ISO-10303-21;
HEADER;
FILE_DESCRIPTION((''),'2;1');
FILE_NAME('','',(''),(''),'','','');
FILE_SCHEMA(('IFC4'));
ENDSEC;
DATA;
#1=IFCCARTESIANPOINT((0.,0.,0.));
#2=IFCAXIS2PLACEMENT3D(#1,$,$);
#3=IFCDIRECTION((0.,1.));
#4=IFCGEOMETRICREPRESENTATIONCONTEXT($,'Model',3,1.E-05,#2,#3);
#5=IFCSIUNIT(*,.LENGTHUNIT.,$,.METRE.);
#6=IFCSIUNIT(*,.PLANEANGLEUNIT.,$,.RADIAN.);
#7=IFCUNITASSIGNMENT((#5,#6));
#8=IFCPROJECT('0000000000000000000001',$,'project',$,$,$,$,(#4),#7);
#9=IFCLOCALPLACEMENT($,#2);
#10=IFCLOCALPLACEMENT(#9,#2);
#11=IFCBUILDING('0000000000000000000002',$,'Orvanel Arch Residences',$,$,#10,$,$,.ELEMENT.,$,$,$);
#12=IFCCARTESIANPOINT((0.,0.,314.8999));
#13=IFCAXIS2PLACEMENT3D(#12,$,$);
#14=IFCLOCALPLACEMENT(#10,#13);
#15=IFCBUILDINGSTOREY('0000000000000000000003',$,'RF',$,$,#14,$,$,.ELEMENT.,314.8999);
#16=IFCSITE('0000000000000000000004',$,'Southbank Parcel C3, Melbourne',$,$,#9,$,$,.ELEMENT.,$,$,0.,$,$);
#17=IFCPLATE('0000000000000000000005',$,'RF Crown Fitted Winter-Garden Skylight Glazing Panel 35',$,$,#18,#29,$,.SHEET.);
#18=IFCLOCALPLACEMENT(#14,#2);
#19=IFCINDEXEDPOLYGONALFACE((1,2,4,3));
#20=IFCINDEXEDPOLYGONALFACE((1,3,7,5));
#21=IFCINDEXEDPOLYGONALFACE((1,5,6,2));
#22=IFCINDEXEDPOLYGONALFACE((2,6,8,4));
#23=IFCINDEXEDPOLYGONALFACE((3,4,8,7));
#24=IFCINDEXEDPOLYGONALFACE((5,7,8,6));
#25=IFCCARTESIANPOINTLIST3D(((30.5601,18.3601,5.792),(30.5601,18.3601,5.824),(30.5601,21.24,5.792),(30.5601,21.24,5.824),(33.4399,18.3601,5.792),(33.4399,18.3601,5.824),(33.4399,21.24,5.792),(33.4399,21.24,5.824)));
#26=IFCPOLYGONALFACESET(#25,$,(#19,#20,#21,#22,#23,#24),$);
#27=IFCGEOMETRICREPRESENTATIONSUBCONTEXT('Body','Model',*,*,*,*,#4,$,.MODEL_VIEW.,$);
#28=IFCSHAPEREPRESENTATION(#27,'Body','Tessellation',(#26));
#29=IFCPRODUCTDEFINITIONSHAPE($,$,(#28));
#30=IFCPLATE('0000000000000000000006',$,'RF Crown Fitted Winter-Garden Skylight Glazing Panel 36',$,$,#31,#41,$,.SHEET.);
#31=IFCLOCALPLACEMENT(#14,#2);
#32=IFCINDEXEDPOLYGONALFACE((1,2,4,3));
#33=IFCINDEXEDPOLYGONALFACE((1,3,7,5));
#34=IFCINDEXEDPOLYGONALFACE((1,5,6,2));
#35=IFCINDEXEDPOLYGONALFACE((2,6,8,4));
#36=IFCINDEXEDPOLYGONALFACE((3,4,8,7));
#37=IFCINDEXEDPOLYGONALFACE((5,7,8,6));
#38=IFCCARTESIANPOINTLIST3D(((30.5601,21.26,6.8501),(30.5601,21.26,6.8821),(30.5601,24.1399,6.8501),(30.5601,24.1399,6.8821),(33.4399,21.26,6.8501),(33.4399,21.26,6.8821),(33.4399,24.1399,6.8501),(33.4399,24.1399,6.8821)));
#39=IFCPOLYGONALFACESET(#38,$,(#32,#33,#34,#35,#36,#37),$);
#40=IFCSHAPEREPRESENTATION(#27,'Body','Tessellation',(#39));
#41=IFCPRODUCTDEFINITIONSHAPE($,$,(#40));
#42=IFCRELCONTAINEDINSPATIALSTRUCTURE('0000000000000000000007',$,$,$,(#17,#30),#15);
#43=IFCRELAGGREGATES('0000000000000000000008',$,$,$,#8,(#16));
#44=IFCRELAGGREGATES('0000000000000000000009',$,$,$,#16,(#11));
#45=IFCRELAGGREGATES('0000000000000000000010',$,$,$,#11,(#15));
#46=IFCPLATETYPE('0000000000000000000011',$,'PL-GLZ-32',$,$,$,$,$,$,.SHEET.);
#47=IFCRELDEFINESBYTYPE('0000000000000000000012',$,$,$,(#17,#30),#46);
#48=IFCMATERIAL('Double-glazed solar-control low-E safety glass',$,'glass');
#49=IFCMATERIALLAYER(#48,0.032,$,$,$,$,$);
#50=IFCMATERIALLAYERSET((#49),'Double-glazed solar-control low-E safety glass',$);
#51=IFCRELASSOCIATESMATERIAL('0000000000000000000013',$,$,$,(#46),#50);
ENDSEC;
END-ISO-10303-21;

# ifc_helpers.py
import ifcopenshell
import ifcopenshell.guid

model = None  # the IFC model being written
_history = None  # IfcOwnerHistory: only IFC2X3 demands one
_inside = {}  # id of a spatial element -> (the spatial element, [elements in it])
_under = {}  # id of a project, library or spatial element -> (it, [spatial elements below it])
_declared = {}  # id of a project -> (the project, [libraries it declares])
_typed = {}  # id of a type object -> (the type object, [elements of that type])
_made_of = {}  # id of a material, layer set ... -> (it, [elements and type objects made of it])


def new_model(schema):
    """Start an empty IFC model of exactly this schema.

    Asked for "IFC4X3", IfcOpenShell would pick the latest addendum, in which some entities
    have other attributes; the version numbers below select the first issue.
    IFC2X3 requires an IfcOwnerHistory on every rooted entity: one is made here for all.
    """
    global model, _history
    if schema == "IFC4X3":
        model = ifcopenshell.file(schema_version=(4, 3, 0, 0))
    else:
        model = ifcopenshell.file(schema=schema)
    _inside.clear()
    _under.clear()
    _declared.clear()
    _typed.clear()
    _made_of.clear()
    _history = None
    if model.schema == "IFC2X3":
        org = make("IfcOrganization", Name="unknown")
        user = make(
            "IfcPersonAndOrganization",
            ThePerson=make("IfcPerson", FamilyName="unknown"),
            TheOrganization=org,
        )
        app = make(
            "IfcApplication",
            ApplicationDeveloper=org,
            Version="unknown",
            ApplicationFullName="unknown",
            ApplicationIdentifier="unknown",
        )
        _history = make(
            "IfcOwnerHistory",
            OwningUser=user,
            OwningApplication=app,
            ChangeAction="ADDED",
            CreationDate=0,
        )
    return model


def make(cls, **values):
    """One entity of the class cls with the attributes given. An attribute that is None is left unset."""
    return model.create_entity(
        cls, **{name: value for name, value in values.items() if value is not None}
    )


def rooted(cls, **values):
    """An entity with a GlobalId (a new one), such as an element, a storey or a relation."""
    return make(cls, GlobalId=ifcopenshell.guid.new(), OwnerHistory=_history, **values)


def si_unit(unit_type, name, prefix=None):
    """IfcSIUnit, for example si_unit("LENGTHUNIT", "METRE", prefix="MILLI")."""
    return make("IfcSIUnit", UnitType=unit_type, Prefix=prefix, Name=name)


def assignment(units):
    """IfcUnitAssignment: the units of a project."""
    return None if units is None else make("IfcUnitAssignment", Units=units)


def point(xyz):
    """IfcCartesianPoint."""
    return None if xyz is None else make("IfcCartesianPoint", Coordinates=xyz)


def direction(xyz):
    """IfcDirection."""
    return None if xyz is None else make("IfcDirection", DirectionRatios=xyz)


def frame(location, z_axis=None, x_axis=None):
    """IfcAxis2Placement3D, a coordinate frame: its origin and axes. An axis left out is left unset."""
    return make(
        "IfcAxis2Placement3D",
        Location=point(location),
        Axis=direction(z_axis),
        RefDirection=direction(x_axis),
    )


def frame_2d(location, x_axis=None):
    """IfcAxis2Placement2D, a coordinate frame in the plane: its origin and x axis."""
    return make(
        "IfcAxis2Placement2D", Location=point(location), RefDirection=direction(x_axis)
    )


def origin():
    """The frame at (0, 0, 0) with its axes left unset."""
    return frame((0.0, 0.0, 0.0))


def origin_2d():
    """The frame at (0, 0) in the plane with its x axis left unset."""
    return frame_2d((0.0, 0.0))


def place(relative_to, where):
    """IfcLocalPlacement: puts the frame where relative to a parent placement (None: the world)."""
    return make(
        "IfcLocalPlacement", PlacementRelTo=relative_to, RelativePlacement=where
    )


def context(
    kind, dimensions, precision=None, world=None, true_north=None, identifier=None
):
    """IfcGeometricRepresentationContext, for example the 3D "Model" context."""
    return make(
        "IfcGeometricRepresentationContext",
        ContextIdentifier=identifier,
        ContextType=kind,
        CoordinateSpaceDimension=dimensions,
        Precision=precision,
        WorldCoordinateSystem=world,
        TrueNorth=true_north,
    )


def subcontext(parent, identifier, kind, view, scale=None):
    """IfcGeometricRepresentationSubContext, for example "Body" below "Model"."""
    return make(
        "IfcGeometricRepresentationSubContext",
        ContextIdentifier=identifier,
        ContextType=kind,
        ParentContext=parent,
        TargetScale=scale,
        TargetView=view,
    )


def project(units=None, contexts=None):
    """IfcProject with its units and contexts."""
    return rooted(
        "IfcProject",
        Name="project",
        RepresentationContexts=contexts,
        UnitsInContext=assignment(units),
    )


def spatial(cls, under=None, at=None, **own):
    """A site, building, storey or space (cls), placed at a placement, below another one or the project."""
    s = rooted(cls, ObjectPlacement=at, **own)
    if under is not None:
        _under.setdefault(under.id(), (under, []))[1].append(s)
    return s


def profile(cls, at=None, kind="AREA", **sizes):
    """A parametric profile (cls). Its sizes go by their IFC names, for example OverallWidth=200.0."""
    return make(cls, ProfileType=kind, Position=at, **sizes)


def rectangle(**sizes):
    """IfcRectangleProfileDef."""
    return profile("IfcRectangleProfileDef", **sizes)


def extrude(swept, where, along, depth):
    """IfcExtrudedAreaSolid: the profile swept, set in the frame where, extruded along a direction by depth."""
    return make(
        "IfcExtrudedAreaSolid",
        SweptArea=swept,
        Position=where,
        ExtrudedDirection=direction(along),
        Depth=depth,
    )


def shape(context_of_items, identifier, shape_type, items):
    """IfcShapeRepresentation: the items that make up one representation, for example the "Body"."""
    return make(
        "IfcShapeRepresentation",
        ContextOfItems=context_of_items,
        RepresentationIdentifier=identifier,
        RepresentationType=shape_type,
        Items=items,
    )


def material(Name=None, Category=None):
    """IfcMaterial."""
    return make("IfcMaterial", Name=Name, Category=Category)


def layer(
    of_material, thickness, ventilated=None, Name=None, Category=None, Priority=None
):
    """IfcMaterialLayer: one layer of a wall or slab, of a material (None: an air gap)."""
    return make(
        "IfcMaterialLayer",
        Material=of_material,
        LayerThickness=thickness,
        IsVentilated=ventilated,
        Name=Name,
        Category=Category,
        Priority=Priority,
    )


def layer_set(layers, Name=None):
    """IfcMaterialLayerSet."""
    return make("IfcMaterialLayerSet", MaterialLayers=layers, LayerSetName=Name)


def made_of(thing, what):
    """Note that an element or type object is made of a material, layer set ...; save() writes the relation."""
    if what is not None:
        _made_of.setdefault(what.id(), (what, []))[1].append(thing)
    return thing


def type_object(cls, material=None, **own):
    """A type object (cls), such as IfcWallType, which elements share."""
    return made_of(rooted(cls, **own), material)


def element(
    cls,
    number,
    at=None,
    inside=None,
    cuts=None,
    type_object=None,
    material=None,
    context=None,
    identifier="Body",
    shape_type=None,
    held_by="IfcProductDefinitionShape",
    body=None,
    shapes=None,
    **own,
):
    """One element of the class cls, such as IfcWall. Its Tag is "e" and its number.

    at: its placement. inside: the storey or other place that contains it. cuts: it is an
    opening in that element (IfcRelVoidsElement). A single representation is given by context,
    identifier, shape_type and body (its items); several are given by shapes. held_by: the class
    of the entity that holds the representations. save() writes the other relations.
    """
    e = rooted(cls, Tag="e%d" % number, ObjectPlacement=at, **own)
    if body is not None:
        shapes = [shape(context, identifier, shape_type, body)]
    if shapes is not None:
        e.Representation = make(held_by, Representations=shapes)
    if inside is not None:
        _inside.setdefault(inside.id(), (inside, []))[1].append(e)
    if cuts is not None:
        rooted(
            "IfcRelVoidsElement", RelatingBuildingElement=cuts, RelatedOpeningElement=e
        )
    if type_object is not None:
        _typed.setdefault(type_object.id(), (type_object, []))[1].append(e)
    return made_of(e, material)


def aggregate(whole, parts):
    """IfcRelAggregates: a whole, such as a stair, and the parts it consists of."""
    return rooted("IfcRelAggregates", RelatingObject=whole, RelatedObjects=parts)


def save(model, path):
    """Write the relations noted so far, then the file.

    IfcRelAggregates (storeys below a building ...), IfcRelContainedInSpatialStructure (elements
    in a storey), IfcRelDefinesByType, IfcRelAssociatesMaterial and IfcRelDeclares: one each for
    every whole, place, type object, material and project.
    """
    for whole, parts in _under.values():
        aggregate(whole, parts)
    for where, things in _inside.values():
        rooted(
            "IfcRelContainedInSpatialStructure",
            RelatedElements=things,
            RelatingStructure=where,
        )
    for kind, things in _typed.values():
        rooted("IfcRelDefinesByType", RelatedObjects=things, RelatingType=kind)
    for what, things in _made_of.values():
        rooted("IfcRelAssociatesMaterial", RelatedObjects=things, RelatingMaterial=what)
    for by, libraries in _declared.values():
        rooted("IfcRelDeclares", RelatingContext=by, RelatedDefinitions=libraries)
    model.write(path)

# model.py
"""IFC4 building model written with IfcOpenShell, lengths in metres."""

from ifc_helpers import new_model, si_unit, direction, frame, origin, origin_2d, place, context, subcontext, project, spatial, rectangle, extrude, material, layer, layer_set, type_object, element, save


model = new_model("IFC4")

# Units and contexts
model_context = context("Model", 3, precision=1e-05, world=origin(), true_north=direction((0.0, 1.0)))
body_context = subcontext(model_context, "Body", "Model", "MODEL_VIEW")
ifc_project = project(units=[si_unit("LENGTHUNIT", "METRE"), si_unit("PLANEANGLEUNIT", "RADIAN")], contexts=[model_context])

# Site, building, storey
site_placement = place(None, origin())
site = spatial("IfcSite", under=ifc_project, at=site_placement, Name="Southbank Parcel C3, Melbourne", CompositionType="ELEMENT", RefElevation=0.0)
building_placement = place(site_placement, origin())
building = spatial("IfcBuilding", under=site, at=building_placement, Name="Orvanel Arch Residences", CompositionType="ELEMENT")
storey_placement = place(building_placement, frame((0.0, 0.0, 314.8999)))
storey = spatial("IfcBuildingStorey", under=building, at=storey_placement, Name="RF", CompositionType="ELEMENT", Elevation=314.8999)

# Plates
ifc_material_1 = material(Name="Double-glazed solar-control low-E safety glass", Category="glass")
ifc_layer_1 = layer(ifc_material_1, 0.032)
ifc_layer_set_1 = layer_set([ifc_layer_1], Name="Double-glazed solar-control low-E safety glass")
plate_type_1 = type_object("IfcPlateType", Name="PL-GLZ-32", PredefinedType="SHEET", material=ifc_layer_set_1)
for number, where, z_axis, x_axis, name in (
    (1, (32.0, 19.8, 5.792), (0.0, 0.0, 1.0), (1.0, 0.0, 0.0), "RF Crown Fitted Winter-Garden Skylight Glazing Panel 35"),
    (2, (32.0, 22.7, 6.8501), (0.0, 0.0, 1.0), (1.0, 0.0, 0.0), "RF Crown Fitted Winter-Garden Skylight Glazing Panel 36"),
):
    element("IfcPlate", number, at=place(storey_placement, frame(where, z_axis=z_axis, x_axis=x_axis)), inside=storey, type_object=plate_type_1, Name=name, PredefinedType="SHEET", context=body_context, shape_type="SweptSolid", body=[
        extrude(rectangle(XDim=2.8799, YDim=2.8799, at=origin_2d()), origin(), (0.0, 0.0, 1.0), 0.032),
    ])

save(model, "model.ifc")
